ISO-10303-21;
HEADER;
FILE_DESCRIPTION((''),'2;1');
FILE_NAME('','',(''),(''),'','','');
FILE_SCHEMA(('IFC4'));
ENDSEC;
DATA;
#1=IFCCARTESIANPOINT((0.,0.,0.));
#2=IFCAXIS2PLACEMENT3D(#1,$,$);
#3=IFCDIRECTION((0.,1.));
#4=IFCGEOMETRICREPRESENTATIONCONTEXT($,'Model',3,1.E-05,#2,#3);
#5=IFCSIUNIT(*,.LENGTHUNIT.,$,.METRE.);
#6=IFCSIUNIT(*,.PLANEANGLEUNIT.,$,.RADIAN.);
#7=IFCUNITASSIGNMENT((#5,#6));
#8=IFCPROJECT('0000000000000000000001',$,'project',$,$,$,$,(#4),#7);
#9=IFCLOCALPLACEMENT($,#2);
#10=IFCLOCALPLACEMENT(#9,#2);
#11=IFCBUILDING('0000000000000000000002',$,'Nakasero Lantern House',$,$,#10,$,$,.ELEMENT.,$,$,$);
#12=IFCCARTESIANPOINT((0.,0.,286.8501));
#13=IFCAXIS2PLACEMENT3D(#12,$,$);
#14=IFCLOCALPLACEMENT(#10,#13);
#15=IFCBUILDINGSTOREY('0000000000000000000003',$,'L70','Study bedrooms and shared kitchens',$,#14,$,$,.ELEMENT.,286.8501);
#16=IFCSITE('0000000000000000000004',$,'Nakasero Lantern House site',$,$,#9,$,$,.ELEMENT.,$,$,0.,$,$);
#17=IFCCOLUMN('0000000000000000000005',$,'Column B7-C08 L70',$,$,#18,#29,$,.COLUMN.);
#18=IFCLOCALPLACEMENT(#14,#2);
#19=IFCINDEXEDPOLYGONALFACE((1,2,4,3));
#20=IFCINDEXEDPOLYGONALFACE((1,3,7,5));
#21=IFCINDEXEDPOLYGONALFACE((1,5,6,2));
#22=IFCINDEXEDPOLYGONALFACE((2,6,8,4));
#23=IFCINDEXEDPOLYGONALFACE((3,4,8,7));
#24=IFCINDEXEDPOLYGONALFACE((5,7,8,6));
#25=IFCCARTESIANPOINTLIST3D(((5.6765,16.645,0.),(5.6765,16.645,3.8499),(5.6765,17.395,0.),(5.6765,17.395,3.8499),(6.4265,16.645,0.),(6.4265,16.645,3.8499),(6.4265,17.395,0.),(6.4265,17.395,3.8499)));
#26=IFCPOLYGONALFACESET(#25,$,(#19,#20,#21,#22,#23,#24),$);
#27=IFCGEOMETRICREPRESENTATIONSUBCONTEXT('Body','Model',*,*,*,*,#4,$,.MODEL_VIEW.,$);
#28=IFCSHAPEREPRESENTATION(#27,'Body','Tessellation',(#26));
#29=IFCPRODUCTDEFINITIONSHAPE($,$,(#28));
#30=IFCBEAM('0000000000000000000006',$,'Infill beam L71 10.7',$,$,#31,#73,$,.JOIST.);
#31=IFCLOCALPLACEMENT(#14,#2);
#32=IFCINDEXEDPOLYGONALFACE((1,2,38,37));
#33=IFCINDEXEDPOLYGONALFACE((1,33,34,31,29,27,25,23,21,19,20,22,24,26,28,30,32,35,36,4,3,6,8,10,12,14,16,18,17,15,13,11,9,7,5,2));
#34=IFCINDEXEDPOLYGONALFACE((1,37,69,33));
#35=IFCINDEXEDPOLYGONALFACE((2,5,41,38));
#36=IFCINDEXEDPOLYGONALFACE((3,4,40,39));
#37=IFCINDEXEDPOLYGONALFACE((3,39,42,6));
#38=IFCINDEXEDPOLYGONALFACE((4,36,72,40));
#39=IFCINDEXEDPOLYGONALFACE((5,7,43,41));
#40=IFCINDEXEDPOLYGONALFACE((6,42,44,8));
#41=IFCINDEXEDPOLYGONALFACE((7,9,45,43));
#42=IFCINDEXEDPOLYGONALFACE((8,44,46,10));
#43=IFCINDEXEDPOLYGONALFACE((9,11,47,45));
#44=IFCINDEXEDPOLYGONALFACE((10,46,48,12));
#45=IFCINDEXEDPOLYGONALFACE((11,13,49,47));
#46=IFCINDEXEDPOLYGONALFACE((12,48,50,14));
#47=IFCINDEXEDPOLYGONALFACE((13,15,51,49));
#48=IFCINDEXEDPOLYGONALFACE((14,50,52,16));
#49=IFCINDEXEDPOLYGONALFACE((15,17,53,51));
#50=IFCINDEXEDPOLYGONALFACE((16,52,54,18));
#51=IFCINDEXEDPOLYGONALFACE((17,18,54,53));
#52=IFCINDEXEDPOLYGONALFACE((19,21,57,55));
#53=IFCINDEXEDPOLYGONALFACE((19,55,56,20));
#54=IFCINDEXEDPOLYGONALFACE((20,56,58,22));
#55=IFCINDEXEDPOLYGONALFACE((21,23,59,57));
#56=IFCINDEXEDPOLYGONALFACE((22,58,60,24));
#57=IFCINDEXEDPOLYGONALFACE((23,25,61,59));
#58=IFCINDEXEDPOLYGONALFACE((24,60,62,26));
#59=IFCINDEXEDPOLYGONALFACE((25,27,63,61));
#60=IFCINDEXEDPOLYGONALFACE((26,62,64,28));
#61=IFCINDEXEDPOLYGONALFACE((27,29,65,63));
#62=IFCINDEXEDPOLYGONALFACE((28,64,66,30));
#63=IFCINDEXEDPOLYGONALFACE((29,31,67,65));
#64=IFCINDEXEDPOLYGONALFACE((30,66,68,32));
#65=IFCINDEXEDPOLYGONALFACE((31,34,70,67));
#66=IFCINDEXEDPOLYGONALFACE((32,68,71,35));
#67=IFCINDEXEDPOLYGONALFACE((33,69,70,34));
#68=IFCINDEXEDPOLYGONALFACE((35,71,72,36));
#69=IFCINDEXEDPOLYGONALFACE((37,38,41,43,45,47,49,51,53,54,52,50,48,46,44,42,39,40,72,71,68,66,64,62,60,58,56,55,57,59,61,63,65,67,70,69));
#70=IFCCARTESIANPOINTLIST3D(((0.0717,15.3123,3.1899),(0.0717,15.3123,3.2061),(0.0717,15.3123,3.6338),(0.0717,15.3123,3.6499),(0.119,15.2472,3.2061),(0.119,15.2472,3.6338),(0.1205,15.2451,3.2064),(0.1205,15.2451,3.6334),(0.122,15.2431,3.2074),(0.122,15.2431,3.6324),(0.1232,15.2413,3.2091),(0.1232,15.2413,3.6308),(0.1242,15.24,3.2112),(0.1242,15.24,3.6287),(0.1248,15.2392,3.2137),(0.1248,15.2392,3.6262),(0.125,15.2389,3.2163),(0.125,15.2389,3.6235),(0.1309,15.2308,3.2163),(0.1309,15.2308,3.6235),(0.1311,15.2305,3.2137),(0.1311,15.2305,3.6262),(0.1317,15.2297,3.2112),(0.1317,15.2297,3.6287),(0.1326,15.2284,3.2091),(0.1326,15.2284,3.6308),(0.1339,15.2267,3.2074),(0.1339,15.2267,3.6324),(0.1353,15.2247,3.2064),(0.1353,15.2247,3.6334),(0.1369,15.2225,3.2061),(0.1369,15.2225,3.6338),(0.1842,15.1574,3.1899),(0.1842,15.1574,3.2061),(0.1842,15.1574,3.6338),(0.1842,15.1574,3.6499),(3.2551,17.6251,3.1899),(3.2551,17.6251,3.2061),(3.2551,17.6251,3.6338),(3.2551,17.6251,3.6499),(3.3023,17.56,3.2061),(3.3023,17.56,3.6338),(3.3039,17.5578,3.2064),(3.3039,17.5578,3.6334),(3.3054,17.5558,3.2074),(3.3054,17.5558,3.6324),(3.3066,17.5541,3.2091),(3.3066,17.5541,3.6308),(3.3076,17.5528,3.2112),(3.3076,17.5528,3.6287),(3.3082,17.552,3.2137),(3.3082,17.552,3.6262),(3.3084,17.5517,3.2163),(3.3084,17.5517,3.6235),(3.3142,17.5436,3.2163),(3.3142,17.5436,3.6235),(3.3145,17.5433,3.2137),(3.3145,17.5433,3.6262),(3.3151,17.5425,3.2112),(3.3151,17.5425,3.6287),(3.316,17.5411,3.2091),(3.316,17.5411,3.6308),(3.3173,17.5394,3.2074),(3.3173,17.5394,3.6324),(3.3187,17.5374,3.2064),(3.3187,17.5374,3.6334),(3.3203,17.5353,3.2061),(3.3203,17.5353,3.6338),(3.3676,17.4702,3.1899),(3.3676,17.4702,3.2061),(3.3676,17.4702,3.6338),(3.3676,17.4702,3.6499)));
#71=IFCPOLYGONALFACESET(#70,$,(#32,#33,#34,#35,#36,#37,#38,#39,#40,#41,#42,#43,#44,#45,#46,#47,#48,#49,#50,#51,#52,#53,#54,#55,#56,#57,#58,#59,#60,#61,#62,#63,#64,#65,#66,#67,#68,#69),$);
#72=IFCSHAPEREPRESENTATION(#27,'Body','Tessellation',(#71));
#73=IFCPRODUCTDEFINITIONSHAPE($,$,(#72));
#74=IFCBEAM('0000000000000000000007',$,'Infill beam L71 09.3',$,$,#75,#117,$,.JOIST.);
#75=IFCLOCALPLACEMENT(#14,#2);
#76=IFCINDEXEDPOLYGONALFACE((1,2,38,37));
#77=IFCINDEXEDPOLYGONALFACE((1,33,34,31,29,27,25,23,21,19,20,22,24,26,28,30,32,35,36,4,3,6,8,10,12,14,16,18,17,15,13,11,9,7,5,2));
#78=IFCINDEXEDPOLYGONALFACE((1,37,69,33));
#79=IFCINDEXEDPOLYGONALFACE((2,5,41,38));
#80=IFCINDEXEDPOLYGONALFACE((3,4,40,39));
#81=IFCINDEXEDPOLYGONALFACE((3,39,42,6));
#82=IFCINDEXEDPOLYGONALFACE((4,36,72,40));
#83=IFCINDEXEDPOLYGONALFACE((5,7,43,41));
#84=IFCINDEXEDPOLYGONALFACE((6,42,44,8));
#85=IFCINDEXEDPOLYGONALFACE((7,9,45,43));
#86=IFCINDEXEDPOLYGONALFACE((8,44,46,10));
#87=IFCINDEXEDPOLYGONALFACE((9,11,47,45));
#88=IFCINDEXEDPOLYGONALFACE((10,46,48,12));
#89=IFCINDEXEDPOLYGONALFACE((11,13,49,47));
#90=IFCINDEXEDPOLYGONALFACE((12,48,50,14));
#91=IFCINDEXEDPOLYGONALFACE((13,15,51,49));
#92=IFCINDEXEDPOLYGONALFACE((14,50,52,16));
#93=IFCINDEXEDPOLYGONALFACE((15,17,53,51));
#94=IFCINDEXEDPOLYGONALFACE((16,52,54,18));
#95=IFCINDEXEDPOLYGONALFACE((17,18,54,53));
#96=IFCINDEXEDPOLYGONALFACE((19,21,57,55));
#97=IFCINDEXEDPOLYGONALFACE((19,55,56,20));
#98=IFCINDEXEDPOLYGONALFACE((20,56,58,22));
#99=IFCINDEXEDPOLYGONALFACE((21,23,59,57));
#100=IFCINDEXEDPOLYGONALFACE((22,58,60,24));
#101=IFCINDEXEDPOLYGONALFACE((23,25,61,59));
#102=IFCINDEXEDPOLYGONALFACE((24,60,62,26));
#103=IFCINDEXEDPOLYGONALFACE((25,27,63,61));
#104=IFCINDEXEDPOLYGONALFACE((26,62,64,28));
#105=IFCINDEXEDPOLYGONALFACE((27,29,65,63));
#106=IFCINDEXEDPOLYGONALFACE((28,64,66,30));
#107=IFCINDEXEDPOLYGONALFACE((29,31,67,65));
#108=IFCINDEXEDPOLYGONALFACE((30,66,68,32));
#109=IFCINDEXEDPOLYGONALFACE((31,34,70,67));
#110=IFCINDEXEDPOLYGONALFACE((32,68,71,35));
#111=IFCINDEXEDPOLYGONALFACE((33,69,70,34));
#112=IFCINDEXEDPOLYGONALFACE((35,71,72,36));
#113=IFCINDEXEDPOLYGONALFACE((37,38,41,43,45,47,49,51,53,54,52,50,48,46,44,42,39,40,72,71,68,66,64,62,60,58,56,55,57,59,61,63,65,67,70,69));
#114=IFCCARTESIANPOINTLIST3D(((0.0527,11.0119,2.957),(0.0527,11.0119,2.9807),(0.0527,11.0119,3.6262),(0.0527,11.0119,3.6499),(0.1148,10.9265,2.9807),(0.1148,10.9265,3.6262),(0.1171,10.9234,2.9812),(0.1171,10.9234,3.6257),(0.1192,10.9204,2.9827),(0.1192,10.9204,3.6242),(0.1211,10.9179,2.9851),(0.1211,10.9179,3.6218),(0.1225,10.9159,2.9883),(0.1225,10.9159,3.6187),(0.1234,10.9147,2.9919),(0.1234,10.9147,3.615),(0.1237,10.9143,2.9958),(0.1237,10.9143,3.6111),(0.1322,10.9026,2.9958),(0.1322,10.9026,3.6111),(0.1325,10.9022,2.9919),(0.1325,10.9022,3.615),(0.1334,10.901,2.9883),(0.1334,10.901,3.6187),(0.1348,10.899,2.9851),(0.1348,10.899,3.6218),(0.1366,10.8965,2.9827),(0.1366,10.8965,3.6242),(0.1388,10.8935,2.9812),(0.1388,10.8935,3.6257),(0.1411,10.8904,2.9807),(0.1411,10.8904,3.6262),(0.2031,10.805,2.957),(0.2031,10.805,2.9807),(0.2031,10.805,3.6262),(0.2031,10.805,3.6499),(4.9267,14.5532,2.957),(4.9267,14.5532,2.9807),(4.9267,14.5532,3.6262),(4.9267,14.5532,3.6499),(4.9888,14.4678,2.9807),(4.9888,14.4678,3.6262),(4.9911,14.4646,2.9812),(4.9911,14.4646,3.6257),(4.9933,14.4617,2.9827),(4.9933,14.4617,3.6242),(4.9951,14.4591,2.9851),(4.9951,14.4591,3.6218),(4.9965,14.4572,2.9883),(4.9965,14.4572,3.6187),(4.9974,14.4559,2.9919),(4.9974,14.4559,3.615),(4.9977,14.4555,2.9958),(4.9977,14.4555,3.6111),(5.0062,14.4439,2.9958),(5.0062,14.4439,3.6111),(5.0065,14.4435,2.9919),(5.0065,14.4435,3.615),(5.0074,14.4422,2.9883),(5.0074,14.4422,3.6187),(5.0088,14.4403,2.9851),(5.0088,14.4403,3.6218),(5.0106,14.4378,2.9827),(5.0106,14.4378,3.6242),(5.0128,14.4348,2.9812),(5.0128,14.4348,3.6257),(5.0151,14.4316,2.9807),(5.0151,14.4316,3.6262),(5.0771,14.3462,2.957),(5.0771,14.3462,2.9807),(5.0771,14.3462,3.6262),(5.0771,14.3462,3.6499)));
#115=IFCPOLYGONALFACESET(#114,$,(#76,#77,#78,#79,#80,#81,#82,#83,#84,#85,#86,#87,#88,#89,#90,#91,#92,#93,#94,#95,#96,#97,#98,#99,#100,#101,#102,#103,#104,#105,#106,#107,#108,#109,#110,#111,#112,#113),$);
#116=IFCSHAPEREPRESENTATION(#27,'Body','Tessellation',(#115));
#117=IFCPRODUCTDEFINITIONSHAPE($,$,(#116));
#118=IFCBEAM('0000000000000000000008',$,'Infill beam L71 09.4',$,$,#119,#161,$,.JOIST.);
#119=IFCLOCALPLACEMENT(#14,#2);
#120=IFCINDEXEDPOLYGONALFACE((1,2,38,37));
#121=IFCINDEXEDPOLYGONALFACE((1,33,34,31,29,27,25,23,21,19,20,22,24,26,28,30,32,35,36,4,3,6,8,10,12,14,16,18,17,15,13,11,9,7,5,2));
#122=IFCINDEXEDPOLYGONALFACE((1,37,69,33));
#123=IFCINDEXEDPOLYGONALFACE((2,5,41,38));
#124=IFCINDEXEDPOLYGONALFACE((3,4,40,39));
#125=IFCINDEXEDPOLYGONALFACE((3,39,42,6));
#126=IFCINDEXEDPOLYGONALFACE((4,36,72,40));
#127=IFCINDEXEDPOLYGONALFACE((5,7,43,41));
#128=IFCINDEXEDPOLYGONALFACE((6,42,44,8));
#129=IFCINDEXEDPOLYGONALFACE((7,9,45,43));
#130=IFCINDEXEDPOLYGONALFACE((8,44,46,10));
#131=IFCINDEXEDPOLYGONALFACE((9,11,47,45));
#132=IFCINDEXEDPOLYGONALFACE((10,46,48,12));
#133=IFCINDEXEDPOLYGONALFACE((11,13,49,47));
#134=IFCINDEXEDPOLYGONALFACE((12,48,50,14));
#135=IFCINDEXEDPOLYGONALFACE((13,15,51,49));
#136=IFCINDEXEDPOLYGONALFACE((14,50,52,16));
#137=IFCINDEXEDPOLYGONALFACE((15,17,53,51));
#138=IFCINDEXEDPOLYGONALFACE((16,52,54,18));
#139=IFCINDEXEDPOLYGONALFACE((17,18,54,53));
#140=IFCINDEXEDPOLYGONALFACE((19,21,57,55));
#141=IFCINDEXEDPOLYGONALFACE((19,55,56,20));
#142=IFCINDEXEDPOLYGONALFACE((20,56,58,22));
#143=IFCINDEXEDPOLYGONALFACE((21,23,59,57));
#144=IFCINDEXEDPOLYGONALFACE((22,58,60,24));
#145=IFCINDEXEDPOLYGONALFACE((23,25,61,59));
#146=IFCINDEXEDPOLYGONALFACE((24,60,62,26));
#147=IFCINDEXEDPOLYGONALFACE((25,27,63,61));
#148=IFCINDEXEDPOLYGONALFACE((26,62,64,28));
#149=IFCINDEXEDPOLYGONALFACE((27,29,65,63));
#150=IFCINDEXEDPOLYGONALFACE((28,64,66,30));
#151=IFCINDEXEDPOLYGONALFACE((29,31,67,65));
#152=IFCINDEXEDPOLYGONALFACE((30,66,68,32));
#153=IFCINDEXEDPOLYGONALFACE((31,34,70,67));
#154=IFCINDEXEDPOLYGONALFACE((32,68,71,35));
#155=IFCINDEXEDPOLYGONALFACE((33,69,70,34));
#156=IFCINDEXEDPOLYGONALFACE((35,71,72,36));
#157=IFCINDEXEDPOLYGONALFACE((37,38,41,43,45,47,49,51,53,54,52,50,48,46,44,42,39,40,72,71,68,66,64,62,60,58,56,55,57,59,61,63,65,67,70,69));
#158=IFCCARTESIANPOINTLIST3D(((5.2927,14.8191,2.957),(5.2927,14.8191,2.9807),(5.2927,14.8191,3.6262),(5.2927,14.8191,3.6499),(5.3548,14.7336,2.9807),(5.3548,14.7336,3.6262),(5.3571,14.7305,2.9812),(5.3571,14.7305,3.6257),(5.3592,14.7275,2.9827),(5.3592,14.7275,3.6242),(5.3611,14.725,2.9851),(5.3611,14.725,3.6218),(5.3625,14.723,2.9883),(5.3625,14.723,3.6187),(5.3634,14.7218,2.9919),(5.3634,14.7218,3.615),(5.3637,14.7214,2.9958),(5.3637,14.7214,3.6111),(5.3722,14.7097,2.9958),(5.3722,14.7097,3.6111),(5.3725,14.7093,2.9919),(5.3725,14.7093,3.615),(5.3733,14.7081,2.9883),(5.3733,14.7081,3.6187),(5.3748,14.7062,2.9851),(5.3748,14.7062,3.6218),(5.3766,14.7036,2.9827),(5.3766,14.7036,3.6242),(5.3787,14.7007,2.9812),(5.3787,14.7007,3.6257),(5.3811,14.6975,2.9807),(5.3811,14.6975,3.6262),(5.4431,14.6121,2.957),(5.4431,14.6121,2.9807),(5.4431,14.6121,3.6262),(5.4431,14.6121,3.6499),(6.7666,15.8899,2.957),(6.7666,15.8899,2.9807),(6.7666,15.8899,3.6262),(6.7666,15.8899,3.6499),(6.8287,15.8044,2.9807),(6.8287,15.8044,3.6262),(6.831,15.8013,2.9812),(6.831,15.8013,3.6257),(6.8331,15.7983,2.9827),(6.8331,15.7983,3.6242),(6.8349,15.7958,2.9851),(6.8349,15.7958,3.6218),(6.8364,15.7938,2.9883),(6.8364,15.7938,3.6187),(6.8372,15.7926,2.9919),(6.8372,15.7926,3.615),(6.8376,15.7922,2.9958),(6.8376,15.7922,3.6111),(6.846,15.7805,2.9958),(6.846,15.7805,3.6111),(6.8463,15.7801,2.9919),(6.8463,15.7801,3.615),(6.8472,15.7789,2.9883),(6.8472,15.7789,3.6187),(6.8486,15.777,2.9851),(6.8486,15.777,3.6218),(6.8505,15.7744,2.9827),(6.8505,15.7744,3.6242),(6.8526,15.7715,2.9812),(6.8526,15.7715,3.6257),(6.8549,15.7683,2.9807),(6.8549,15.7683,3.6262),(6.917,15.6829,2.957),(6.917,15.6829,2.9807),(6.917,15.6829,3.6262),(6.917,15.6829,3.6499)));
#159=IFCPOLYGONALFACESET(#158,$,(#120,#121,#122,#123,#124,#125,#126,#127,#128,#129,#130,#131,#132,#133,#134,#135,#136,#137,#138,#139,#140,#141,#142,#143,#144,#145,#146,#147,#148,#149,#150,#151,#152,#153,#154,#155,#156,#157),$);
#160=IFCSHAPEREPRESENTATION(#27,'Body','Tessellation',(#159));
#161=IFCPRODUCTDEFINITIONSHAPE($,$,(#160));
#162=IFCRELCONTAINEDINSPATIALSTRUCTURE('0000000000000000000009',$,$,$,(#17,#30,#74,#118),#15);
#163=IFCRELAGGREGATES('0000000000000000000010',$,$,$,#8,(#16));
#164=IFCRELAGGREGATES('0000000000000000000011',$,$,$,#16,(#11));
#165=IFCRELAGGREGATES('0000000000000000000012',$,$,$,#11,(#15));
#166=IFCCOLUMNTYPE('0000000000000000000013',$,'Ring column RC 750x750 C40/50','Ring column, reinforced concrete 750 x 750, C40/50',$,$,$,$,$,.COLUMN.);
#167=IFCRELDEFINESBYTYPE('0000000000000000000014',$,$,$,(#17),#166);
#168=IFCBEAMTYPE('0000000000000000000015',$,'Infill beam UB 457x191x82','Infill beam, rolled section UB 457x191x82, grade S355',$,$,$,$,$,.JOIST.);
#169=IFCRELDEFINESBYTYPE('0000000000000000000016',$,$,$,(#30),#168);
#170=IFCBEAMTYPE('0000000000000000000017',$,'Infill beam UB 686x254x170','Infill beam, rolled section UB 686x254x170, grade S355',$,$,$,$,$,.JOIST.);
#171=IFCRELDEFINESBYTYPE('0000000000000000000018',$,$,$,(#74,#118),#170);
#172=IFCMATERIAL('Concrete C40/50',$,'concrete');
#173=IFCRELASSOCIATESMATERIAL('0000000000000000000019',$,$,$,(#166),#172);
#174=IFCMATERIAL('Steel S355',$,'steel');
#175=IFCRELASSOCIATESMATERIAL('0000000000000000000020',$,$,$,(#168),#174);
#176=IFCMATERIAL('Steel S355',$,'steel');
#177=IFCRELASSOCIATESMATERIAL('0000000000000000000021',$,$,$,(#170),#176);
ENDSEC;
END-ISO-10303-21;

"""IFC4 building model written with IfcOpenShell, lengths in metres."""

from ifc_helpers import new_model, si_unit, direction, frame, origin, origin_2d, place, context, subcontext, project, spatial, rectangle, i_section, extrude, material, material_profile, profile_set, type_object, element, save


model = new_model("IFC4")

# Units and contexts
model_context = context("Model", 3, precision=1e-05, world=origin(), true_north=direction((0.0, 1.0)))
body_context = subcontext(model_context, "Body", "Model", "MODEL_VIEW")
ifc_project = project(units=[si_unit("LENGTHUNIT", "METRE"), si_unit("PLANEANGLEUNIT", "RADIAN")], contexts=[model_context])

# Site, building, storey
site_placement = place(None, origin())
site = spatial("IfcSite", under=ifc_project, at=site_placement, Name="Nakasero Lantern House site", CompositionType="ELEMENT", RefElevation=0.0)
building_placement = place(site_placement, origin())
building = spatial("IfcBuilding", under=site, at=building_placement, Name="Nakasero Lantern House", CompositionType="ELEMENT")
storey_placement = place(building_placement, frame((0.0, 0.0, 286.8501)))
storey = spatial("IfcBuildingStorey", under=building, at=storey_placement, Name="L70", Description="Study bedrooms and shared kitchens", CompositionType="ELEMENT", Elevation=286.8501)

# Column
ifc_material_1 = material(Name="Concrete C40/50", Category="concrete")
ifc_material_profile_1 = material_profile(ifc_material_1, rectangle(XDim=0.75, YDim=0.75, at=origin_2d()), Name="RC 750x750")
ifc_profile_set_1 = profile_set([ifc_material_profile_1], Name="Concrete C40/50")
column_type = type_object("IfcColumnType", Name="Ring column RC 750x750 C40/50", Description="Ring column, reinforced concrete 750 x 750, C40/50", PredefinedType="COLUMN", material=ifc_profile_set_1)
column_placement = place(storey_placement, frame((6.0515, 17.02, 0.0), z_axis=(0.0, 0.0, 1.0), x_axis=(1.0, 0.0, 0.0)))
element("IfcColumn", 1, at=column_placement, inside=storey, type_object=column_type, Name="Column B7-C08 L70", PredefinedType="COLUMN", context=body_context, shape_type="SweptSolid", body=[
    extrude(rectangle(XDim=0.75, YDim=0.75, at=origin_2d()), origin(), (0.0, 0.0, 1.0), 3.8499),
])

# Beams
ifc_material_2 = material(Name="Steel S355", Category="steel")
ifc_material_profile_2 = material_profile(ifc_material_2, i_section(OverallWidth=0.1914, OverallDepth=0.46, WebThickness=0.01, FlangeThickness=0.0161, FilletRadius=0.0103, at=origin_2d()), Name="UB 457x191x82")
ifc_profile_set_2 = profile_set([ifc_material_profile_2], Name="Steel S355")
beam_type_1 = type_object("IfcBeamType", Name="Infill beam UB 457x191x82", Description="Infill beam, rolled section UB 457x191x82, grade S355", PredefinedType="JOIST", material=ifc_profile_set_2)
beam_1_placement = place(storey_placement, frame((0.1279, 15.2349, 3.4199), z_axis=(0.809028, 0.587769, 0.0), x_axis=(-0.587769, 0.809028, 0.0)))
element("IfcBeam", 2, at=beam_1_placement, inside=storey, type_object=beam_type_1, Name="Infill beam L71 10.7", PredefinedType="JOIST", context=body_context, shape_type="SweptSolid", body=[
    extrude(i_section(OverallWidth=0.1914, OverallDepth=0.46, WebThickness=0.01, FlangeThickness=0.0161, FilletRadius=0.0103, at=origin_2d()), origin(), (0.0, 0.0, 1.0), 3.9348),
])
ifc_material_3 = material(Name="Steel S355", Category="steel")
ifc_material_profile_3 = material_profile(ifc_material_3, i_section(OverallWidth=0.2559, OverallDepth=0.6929, WebThickness=0.0144, FlangeThickness=0.0237, FilletRadius=0.0151, at=origin_2d()), Name="UB 686x254x170")
ifc_profile_set_3 = profile_set([ifc_material_profile_3], Name="Steel S355")
beam_type_2 = type_object("IfcBeamType", Name="Infill beam UB 686x254x170", Description="Infill beam, rolled section UB 686x254x170, grade S355", PredefinedType="JOIST", material=ifc_profile_set_3)
beam_2_placement = place(storey_placement, frame((0.1279, 10.9084, 3.3035), z_axis=(0.809011, 0.587793, 0.0), x_axis=(-0.587793, 0.809011, 0.0)))
element("IfcBeam", 3, at=beam_2_placement, inside=storey, type_object=beam_type_2, Name="Infill beam L71 09.3", PredefinedType="JOIST", context=body_context, shape_type="SweptSolid", body=[
    extrude(i_section(OverallWidth=0.2559, OverallDepth=0.6929, WebThickness=0.0144, FlangeThickness=0.0237, FilletRadius=0.0151, at=origin_2d()), origin(), (0.0, 0.0, 1.0), 6.0247),
])
beam_3_placement = place(storey_placement, frame((5.3679, 14.7156, 3.3035), z_axis=(0.809026, 0.587773, 0.0), x_axis=(-0.587773, 0.809026, 0.0)))
element("IfcBeam", 4, at=beam_3_placement, inside=storey, type_object=beam_type_2, Name="Infill beam L71 09.4", PredefinedType="JOIST", context=body_context, shape_type="SweptSolid", body=[
    extrude(i_section(OverallWidth=0.2559, OverallDepth=0.6929, WebThickness=0.0144, FlangeThickness=0.0237, FilletRadius=0.0151, at=origin_2d()), origin(), (0.0, 0.0, 1.0), 1.8218),
])

save(model, "model.ifc")
